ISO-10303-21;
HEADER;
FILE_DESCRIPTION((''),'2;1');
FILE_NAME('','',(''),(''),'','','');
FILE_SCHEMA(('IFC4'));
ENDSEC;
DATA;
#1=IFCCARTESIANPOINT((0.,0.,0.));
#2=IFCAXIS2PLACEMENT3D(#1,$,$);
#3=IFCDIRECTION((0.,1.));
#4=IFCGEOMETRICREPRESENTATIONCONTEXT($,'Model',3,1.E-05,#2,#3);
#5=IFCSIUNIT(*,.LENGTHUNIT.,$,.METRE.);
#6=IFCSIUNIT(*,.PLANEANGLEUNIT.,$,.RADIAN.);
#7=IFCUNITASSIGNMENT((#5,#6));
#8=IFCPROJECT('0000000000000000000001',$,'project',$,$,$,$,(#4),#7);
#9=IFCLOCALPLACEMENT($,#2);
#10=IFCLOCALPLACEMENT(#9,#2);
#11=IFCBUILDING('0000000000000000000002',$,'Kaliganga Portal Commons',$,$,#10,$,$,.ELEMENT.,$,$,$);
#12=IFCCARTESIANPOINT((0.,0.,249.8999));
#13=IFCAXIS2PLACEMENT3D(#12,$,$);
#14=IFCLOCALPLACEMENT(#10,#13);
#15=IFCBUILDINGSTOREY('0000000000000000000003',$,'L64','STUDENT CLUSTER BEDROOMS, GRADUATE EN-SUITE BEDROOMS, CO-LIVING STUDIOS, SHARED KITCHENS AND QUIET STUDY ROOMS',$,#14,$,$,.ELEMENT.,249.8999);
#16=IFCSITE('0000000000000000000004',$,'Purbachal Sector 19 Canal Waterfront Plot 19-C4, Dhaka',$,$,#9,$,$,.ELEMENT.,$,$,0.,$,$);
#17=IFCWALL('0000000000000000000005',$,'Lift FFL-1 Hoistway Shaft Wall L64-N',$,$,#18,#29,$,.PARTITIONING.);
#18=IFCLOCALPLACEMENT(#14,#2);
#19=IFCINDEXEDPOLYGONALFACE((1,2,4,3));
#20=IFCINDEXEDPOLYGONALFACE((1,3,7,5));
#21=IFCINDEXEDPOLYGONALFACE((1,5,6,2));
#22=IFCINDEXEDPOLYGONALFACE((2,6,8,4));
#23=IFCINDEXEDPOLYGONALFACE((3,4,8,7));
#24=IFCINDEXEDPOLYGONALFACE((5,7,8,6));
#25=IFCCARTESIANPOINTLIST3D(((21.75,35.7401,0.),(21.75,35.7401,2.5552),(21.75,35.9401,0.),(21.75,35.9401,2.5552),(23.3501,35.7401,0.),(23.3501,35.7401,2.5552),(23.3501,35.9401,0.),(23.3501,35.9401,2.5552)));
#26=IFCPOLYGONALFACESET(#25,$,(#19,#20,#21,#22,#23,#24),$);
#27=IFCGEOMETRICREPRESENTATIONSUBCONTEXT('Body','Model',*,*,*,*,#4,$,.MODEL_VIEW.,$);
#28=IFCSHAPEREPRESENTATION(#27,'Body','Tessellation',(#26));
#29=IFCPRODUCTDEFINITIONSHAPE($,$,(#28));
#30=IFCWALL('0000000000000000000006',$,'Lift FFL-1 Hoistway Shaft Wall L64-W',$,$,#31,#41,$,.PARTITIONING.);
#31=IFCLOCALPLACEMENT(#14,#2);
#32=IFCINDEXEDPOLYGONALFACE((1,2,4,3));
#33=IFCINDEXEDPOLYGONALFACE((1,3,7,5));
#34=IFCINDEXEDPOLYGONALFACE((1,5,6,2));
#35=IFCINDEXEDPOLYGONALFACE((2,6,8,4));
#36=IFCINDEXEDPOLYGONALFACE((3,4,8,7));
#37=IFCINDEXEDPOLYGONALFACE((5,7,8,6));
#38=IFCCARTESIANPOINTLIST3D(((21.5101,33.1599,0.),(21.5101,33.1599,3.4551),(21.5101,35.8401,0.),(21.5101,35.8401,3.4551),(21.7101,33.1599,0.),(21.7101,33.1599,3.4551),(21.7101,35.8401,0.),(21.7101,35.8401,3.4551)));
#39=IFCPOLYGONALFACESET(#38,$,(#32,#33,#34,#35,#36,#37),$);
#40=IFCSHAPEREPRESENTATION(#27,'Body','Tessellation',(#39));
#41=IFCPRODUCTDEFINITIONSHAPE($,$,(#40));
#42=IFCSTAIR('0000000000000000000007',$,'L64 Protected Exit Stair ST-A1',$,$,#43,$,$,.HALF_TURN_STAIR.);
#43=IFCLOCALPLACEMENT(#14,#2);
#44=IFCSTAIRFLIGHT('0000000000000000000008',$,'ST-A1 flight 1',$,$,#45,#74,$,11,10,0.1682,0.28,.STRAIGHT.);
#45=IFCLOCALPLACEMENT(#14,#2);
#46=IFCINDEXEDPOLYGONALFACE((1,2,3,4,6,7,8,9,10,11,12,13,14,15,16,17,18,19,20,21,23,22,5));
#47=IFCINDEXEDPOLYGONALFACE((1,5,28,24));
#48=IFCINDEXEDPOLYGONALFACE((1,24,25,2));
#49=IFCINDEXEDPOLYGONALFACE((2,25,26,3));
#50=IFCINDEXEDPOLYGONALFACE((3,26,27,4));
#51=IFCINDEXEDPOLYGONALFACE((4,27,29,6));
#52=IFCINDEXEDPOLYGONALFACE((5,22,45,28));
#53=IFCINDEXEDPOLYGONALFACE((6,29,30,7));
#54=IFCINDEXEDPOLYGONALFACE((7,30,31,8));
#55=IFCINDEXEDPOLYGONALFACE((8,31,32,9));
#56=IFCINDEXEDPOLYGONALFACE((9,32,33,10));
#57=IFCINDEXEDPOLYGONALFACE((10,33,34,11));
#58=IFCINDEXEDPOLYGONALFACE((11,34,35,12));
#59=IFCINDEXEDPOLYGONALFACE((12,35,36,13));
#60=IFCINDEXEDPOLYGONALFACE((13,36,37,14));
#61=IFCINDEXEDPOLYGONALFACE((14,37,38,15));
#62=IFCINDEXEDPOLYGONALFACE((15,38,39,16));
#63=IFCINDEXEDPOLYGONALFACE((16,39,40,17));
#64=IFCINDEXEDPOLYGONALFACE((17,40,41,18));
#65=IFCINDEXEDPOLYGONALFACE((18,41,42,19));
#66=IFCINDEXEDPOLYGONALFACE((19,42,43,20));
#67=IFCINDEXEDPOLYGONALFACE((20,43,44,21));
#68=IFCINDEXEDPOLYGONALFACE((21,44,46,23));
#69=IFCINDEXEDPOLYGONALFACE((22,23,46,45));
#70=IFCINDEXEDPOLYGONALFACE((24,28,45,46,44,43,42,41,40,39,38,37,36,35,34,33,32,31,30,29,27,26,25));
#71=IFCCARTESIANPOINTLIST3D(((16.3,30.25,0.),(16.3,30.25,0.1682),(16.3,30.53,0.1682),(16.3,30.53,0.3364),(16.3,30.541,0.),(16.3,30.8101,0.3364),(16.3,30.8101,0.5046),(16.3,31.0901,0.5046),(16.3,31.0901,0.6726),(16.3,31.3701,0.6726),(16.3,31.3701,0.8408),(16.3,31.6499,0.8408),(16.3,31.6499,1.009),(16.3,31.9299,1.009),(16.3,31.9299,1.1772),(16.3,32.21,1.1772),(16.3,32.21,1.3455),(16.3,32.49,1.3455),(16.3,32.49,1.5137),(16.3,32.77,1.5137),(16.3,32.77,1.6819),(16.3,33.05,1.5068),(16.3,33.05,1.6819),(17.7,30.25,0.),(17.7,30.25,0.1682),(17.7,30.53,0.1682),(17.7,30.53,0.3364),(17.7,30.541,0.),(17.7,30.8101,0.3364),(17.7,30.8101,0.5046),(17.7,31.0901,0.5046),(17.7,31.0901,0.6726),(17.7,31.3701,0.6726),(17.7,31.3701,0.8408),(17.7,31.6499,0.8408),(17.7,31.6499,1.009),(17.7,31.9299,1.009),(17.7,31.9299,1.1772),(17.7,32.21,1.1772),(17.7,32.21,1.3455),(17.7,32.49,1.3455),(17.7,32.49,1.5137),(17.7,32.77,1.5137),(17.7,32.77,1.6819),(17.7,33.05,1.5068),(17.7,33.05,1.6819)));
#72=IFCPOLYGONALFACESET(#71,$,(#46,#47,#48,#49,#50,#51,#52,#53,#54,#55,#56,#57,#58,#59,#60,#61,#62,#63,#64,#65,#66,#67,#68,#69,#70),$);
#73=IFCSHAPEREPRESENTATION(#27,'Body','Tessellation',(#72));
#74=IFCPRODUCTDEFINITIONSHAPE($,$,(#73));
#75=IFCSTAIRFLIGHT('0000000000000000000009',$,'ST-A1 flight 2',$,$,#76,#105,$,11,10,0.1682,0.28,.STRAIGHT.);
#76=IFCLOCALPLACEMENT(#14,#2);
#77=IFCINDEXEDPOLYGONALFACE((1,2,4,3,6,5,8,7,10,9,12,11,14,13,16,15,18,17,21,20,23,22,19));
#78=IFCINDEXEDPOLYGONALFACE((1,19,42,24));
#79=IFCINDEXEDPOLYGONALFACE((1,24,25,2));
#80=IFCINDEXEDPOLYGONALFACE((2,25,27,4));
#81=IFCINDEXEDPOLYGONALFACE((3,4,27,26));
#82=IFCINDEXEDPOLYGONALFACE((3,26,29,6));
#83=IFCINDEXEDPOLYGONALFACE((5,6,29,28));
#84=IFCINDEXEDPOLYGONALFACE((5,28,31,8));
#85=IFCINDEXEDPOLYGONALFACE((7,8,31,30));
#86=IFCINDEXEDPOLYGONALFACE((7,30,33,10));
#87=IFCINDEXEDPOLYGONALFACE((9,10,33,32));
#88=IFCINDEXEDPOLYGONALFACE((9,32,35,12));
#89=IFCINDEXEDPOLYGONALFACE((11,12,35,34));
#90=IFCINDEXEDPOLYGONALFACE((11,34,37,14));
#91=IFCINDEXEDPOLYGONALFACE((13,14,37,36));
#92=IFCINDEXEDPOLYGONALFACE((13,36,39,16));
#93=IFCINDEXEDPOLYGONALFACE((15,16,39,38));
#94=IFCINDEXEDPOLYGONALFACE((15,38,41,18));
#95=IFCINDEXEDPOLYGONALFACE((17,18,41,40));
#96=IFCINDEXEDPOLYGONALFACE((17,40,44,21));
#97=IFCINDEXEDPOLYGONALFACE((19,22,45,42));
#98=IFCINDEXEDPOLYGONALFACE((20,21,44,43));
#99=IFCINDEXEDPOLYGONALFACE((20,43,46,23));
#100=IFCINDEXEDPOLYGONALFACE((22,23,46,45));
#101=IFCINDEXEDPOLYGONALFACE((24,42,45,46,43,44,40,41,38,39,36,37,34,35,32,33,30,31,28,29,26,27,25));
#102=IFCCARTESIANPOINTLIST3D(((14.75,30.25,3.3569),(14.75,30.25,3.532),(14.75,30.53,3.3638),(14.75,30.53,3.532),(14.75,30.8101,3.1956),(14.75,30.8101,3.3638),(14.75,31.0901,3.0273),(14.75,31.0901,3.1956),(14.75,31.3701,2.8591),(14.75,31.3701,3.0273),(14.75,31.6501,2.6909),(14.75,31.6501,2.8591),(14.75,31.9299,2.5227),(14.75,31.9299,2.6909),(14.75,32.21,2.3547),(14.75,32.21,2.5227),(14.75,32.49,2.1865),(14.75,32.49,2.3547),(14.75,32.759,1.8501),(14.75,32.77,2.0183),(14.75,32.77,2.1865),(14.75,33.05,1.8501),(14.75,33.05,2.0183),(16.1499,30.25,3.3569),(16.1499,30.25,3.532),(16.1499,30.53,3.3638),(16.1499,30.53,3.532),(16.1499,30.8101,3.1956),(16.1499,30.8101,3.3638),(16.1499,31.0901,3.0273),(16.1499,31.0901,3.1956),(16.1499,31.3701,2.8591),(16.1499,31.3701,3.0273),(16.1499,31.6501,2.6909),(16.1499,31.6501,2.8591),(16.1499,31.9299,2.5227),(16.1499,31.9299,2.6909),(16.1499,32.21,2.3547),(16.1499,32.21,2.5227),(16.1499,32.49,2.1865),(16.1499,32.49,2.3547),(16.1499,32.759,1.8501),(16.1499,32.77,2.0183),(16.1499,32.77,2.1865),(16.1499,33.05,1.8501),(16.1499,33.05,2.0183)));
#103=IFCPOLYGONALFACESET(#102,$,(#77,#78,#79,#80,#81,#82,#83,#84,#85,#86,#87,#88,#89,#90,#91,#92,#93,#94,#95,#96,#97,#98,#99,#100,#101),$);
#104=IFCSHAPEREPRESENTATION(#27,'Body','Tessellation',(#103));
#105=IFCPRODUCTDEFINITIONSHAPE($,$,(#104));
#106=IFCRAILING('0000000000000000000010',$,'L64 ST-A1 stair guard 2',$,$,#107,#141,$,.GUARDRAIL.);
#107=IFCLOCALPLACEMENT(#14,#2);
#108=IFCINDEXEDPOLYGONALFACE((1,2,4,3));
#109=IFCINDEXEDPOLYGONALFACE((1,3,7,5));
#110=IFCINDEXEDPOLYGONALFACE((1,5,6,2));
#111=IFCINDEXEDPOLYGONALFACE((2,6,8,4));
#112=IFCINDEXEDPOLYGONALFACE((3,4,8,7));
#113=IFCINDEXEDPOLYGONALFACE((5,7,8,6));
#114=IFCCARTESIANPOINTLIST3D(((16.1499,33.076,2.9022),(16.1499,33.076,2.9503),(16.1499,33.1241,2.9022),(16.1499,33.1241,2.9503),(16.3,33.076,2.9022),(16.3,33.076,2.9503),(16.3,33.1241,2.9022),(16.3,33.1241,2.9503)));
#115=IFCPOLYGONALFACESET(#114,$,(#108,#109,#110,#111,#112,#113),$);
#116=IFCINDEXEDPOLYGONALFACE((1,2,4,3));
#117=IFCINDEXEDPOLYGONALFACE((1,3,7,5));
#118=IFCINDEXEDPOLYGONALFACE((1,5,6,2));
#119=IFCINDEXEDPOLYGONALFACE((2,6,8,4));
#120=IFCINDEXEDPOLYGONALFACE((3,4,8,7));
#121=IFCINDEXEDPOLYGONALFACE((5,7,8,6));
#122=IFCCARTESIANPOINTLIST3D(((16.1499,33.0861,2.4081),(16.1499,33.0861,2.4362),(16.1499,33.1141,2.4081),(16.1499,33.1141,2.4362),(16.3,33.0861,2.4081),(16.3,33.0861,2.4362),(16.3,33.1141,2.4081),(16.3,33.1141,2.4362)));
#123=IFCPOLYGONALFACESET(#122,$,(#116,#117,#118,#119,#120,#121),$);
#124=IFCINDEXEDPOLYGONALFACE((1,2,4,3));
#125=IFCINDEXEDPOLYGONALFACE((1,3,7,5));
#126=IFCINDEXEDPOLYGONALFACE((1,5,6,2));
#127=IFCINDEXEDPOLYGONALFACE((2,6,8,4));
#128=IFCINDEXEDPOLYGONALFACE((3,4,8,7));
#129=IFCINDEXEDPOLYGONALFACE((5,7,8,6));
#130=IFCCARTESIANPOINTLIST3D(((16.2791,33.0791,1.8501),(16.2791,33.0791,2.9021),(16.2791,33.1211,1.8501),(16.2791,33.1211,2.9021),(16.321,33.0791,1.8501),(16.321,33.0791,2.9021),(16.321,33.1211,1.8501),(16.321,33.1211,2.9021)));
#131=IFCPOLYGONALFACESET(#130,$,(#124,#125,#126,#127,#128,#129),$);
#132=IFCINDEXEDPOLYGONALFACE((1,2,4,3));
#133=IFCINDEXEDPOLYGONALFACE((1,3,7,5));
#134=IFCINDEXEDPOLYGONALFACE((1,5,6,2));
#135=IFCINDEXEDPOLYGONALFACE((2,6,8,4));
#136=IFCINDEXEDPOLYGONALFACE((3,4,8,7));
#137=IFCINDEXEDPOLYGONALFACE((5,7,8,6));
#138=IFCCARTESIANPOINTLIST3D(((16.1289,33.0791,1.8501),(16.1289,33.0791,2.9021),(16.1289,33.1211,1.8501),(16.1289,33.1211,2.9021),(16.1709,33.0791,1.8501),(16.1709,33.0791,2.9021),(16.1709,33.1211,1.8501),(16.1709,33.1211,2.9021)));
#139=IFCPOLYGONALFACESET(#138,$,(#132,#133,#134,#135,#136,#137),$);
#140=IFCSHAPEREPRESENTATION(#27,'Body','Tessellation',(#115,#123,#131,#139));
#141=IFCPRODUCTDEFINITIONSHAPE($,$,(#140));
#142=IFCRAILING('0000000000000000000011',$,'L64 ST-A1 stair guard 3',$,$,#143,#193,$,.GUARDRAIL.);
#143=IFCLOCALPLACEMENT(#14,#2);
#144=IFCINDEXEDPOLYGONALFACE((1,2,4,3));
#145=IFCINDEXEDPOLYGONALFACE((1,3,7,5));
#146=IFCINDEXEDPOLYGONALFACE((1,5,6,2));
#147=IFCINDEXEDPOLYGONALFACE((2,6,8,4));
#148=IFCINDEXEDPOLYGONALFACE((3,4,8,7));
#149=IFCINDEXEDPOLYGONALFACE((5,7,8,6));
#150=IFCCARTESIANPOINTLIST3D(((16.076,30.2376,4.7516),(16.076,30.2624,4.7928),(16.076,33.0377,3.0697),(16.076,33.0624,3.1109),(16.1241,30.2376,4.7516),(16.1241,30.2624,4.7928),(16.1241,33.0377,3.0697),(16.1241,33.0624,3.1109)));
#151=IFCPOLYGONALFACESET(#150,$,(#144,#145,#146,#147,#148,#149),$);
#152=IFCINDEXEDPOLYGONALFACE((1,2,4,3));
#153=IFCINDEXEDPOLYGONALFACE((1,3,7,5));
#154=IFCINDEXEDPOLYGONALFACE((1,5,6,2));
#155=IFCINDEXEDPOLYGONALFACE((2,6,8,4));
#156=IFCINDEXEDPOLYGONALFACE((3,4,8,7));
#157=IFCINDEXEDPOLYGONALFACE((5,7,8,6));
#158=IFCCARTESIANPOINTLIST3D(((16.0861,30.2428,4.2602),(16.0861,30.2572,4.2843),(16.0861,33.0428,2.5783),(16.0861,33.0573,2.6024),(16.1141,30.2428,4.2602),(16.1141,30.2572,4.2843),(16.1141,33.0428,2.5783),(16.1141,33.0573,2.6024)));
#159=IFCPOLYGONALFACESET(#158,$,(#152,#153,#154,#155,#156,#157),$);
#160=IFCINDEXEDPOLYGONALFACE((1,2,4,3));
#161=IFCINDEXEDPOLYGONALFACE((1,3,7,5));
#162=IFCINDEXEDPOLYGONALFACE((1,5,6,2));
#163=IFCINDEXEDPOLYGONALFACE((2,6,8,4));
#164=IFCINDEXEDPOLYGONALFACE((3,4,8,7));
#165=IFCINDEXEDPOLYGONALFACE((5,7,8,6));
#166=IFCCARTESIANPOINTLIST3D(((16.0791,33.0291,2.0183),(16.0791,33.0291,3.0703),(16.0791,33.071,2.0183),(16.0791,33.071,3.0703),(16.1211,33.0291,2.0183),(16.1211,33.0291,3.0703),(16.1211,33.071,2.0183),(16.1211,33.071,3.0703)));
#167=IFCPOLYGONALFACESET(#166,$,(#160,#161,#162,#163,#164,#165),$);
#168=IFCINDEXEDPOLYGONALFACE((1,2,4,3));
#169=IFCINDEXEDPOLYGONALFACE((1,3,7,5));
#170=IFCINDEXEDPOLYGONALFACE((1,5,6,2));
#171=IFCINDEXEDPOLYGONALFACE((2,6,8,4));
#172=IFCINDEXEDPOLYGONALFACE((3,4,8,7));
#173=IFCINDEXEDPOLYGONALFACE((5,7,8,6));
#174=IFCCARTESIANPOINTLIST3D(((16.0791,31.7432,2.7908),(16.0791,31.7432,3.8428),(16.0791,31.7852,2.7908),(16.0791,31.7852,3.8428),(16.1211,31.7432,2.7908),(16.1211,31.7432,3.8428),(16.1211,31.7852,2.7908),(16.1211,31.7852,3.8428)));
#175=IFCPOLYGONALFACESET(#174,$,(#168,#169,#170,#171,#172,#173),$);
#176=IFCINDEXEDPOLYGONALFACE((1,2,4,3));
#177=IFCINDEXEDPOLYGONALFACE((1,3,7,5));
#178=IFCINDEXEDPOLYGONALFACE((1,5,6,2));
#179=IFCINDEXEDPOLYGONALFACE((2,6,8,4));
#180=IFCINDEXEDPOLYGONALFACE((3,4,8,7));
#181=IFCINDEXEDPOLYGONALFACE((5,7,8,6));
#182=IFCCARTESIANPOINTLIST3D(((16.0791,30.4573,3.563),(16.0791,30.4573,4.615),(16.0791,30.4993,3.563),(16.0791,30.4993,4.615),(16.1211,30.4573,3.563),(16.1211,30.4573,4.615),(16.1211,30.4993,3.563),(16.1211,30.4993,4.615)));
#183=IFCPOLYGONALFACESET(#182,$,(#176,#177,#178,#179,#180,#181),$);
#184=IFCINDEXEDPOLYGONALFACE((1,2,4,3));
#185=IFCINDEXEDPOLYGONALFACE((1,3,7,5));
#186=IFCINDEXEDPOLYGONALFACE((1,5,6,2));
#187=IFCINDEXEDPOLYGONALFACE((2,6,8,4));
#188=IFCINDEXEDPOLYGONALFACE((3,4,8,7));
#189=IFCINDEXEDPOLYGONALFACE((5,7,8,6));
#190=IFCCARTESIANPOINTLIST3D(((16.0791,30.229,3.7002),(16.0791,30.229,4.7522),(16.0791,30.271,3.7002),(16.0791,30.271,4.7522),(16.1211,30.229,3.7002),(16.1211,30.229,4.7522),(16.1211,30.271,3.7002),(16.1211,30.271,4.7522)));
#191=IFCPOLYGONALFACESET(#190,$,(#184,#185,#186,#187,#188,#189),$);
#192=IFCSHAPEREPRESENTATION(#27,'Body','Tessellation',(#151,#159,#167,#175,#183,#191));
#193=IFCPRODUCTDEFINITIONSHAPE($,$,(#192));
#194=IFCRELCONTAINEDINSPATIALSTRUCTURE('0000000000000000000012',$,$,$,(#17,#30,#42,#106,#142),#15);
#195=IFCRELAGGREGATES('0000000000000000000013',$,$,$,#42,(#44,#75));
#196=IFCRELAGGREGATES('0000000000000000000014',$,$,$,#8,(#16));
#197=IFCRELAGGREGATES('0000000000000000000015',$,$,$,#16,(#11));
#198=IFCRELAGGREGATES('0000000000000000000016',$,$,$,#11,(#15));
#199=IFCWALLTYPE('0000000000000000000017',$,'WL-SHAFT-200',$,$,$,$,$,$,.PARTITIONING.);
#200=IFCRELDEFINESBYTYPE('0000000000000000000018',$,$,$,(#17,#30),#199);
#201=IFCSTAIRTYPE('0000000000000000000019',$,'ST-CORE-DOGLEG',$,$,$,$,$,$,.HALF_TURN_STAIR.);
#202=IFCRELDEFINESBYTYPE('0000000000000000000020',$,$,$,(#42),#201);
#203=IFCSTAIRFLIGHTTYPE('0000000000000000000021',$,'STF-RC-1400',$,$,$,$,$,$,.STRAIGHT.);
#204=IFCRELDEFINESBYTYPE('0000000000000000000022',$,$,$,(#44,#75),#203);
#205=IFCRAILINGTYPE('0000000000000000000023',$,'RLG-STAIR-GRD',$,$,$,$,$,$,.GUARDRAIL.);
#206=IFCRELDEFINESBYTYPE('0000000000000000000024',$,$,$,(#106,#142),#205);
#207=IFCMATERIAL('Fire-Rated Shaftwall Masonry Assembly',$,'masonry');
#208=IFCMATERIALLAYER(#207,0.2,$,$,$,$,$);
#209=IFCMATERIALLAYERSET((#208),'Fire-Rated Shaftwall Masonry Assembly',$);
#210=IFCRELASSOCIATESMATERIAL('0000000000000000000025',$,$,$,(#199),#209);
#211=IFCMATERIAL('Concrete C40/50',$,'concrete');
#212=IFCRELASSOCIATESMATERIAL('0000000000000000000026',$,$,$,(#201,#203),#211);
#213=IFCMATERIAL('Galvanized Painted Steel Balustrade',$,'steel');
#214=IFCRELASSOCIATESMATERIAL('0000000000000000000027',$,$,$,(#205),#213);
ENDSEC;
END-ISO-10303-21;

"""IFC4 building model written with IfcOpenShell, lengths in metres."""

from ifc_helpers import new_model, si_unit, direction, frame, frame_2d, origin, origin_2d, place, context, subcontext, project, spatial, polyline, rectangle, outline, extrude, material, layer, layer_set, type_object, element, aggregate, save


model = new_model("IFC4")

# Units and contexts
model_context = context("Model", 3, precision=1e-05, world=origin(), true_north=direction((0.0, 1.0)))
body_context = subcontext(model_context, "Body", "Model", "MODEL_VIEW")
ifc_project = project(units=[si_unit("LENGTHUNIT", "METRE"), si_unit("PLANEANGLEUNIT", "RADIAN")], contexts=[model_context])

# Site, building, storey
site_placement = place(None, origin())
site = spatial("IfcSite", under=ifc_project, at=site_placement, Name="Purbachal Sector 19 Canal Waterfront Plot 19-C4, Dhaka", CompositionType="ELEMENT", RefElevation=0.0)
building_placement = place(site_placement, origin())
building = spatial("IfcBuilding", under=site, at=building_placement, Name="Kaliganga Portal Commons", CompositionType="ELEMENT")
storey_placement = place(building_placement, frame((0.0, 0.0, 249.8999)))
storey = spatial("IfcBuildingStorey", under=building, at=storey_placement, Name="L64", Description="STUDENT CLUSTER BEDROOMS, GRADUATE EN-SUITE BEDROOMS, CO-LIVING STUDIOS, SHARED KITCHENS AND QUIET STUDY ROOMS", CompositionType="ELEMENT", Elevation=249.8999)

# Shared definitions
ifc_material_1 = material(Name="Fire-Rated Shaftwall Masonry Assembly", Category="masonry")
ifc_layer_1 = layer(ifc_material_1, 0.2)
ifc_layer_set_1 = layer_set([ifc_layer_1], Name="Fire-Rated Shaftwall Masonry Assembly")
wall_type_1 = type_object("IfcWallType", Name="WL-SHAFT-200", PredefinedType="PARTITIONING", material=ifc_layer_set_1)

# Walls
wall_1_placement = place(storey_placement, frame((21.75, 35.8401, 0.0), z_axis=(0.0, 0.0, 1.0), x_axis=(1.0, 0.0, 0.0)))
element("IfcWall", 1, at=wall_1_placement, inside=storey, type_object=wall_type_1, Name="Lift FFL-1 Hoistway Shaft Wall L64-N", PredefinedType="PARTITIONING", context=body_context, shape_type="SweptSolid", body=[
    extrude(rectangle(XDim=1.6001, YDim=0.2, at=frame_2d((0.8, 0.0))), origin(), (0.0, 0.0, 1.0), 2.5552),
])
wall_2_placement = place(storey_placement, frame((21.6101, 33.1599, 0.0), z_axis=(0.0, 0.0, 1.0), x_axis=(0.0, 1.0, 0.0)))
element("IfcWall", 2, at=wall_2_placement, inside=storey, type_object=wall_type_1, Name="Lift FFL-1 Hoistway Shaft Wall L64-W", PredefinedType="PARTITIONING", context=body_context, shape_type="SweptSolid", body=[
    extrude(rectangle(XDim=2.6802, YDim=0.2, at=frame_2d((1.3401, 0.0))), origin(), (0.0, 0.0, 1.0), 3.4551),
])

# Stair, stair flights
ifc_material_2 = material(Name="Concrete C40/50", Category="concrete")
stair_type = type_object("IfcStairType", Name="ST-CORE-DOGLEG", PredefinedType="HALF_TURN_STAIR", material=ifc_material_2)
stair_placement = place(storey_placement, origin())
stair = element("IfcStair", 3, at=stair_placement, inside=storey, type_object=stair_type, Name="L64 Protected Exit Stair ST-A1", PredefinedType="HALF_TURN_STAIR")
stair_flight_type = type_object("IfcStairFlightType", Name="STF-RC-1400", PredefinedType="STRAIGHT", material=ifc_material_2)
stair_flight_1_placement = place(storey_placement, frame((17.0, 30.25, 0.0), z_axis=(0.0, 0.0, 1.0), x_axis=(0.0, 1.0, 0.0)))
stair_flight_1 = element("IfcStairFlight", 4, at=stair_flight_1_placement, type_object=stair_flight_type, Name="ST-A1 flight 1", NumberOfRisers=11, NumberOfTreads=10, PredefinedType="STRAIGHT", RiserHeight=0.1682, TreadLength=0.28, context=body_context, shape_type="SweptSolid", body=[
    extrude(outline(polyline([(0.0, 0.0), (0.0, 0.1682), (0.28, 0.1682), (0.28, 0.3364), (0.5601, 0.3364), (0.5601, 0.5046), (0.8401, 0.5046), (0.8401, 0.6726), (1.1201, 0.6726), (1.1201, 0.8408), (1.3999, 0.8408), (1.3999, 1.009), (1.6799, 1.009), (1.6799, 1.1772), (1.96, 1.1772), (1.96, 1.3455), (2.24, 1.3455), (2.24, 1.5137), (2.52, 1.5137), (2.52, 1.6819), (2.8, 1.6819), (2.8, 1.8501), (2.8, 1.5068), (0.291, 0.0), (0.0, 0.0)])), frame((0.0, 0.7, 0.0), z_axis=(0.0, -1.0, 0.0), x_axis=(1.0, 0.0, 0.0)), (0.0, 0.0, 1.0), 1.3999),
])
stair_flight_2_placement = place(storey_placement, frame((15.45, 33.05, 1.8501), z_axis=(0.0, 0.0, 1.0), x_axis=(0.0, -1.0, 0.0)))
stair_flight_2 = element("IfcStairFlight", 5, at=stair_flight_2_placement, type_object=stair_flight_type, Name="ST-A1 flight 2", NumberOfRisers=11, NumberOfTreads=10, PredefinedType="STRAIGHT", RiserHeight=0.1682, TreadLength=0.28, context=body_context, shape_type="SweptSolid", body=[
    extrude(outline(polyline([(0.0, 0.0), (0.0, 0.1682), (0.28, 0.1682), (0.28, 0.3364), (0.5601, 0.3364), (0.5601, 0.5046), (0.8401, 0.5046), (0.8401, 0.6726), (1.1201, 0.6726), (1.1201, 0.8408), (1.3999, 0.8408), (1.3999, 1.009), (1.6799, 1.009), (1.6799, 1.1772), (1.96, 1.1772), (1.96, 1.3455), (2.24, 1.3455), (2.24, 1.5137), (2.52, 1.5137), (2.52, 1.6819), (2.8, 1.6819), (2.8, 1.8501), (2.8, 1.5068), (0.291, 0.0), (0.0, 0.0)])), frame((0.0, 0.7, 0.0), z_axis=(0.0, -1.0, 0.0), x_axis=(1.0, 0.0, 0.0)), (0.0, 0.0, 1.0), 1.3999),
])
aggregate(stair, [stair_flight_1, stair_flight_2])

# Railings
ifc_material_3 = material(Name="Galvanized Painted Steel Balustrade", Category="steel")
railing_type_1 = type_object("IfcRailingType", Name="RLG-STAIR-GRD", PredefinedType="GUARDRAIL", material=ifc_material_3)
railing_1_placement = place(storey_placement, frame((16.3, 33.1001, 1.8501)))
element("IfcRailing", 6, at=railing_1_placement, inside=storey, type_object=railing_type_1, Name="L64 ST-A1 stair guard 2", PredefinedType="GUARDRAIL", context=body_context, shape_type="SweptSolid", body=[
    extrude(rectangle(XDim=0.0481, YDim=0.0481, at=origin_2d()), frame((0.0, 0.0, 1.0762), z_axis=(-1.0, 0.0, 0.0), x_axis=(0.0, -1.0, 0.0)), (0.0, 0.0, 1.0), 0.1501),
    extrude(rectangle(XDim=0.0281, YDim=0.0281, at=origin_2d()), frame((0.0, 0.0, 0.572), z_axis=(-1.0, 0.0, 0.0), x_axis=(0.0, -1.0, 0.0)), (0.0, 0.0, 1.0), 0.1501),
    extrude(rectangle(XDim=0.042, YDim=0.042, at=origin_2d()), origin(), (0.0, 0.0, 1.0), 1.052),
    extrude(rectangle(XDim=0.042, YDim=0.042, at=origin_2d()), frame((-0.1501, 0.0, 0.0)), (0.0, 0.0, 1.0), 1.052),
])
railing_2_placement = place(storey_placement, frame((16.1001, 33.05, 2.0183)))
element("IfcRailing", 7, at=railing_2_placement, inside=storey, type_object=railing_type_1, Name="L64 ST-A1 stair guard 3", PredefinedType="GUARDRAIL", context=body_context, shape_type="SweptSolid", body=[
    extrude(rectangle(XDim=0.0481, YDim=0.0481, at=origin_2d()), frame((0.0, 0.0, 1.072), z_axis=(0.0, -0.857242, 0.514913), x_axis=(1.0, 0.0, 0.0)), (0.0, 0.0, 1.0), 3.2664),
    extrude(rectangle(XDim=0.0281, YDim=0.0281, at=origin_2d()), frame((0.0, 0.0, 0.572), z_axis=(0.0, -0.857242, 0.514913), x_axis=(1.0, 0.0, 0.0)), (0.0, 0.0, 1.0), 3.2664),
    extrude(rectangle(XDim=0.042, YDim=0.042, at=origin_2d()), origin(), (0.0, 0.0, 1.0), 1.052),
    extrude(rectangle(XDim=0.042, YDim=0.042, at=origin_2d()), frame((0.0, -1.2859, 0.7725)), (0.0, 0.0, 1.0), 1.052),
    extrude(rectangle(XDim=0.042, YDim=0.042, at=origin_2d()), frame((0.0, -2.5718, 1.5447)), (0.0, 0.0, 1.0), 1.052),
    extrude(rectangle(XDim=0.042, YDim=0.042, at=origin_2d()), frame((0.0, -2.8, 1.6819)), (0.0, 0.0, 1.0), 1.052),
])

save(model, "model.ifc")
